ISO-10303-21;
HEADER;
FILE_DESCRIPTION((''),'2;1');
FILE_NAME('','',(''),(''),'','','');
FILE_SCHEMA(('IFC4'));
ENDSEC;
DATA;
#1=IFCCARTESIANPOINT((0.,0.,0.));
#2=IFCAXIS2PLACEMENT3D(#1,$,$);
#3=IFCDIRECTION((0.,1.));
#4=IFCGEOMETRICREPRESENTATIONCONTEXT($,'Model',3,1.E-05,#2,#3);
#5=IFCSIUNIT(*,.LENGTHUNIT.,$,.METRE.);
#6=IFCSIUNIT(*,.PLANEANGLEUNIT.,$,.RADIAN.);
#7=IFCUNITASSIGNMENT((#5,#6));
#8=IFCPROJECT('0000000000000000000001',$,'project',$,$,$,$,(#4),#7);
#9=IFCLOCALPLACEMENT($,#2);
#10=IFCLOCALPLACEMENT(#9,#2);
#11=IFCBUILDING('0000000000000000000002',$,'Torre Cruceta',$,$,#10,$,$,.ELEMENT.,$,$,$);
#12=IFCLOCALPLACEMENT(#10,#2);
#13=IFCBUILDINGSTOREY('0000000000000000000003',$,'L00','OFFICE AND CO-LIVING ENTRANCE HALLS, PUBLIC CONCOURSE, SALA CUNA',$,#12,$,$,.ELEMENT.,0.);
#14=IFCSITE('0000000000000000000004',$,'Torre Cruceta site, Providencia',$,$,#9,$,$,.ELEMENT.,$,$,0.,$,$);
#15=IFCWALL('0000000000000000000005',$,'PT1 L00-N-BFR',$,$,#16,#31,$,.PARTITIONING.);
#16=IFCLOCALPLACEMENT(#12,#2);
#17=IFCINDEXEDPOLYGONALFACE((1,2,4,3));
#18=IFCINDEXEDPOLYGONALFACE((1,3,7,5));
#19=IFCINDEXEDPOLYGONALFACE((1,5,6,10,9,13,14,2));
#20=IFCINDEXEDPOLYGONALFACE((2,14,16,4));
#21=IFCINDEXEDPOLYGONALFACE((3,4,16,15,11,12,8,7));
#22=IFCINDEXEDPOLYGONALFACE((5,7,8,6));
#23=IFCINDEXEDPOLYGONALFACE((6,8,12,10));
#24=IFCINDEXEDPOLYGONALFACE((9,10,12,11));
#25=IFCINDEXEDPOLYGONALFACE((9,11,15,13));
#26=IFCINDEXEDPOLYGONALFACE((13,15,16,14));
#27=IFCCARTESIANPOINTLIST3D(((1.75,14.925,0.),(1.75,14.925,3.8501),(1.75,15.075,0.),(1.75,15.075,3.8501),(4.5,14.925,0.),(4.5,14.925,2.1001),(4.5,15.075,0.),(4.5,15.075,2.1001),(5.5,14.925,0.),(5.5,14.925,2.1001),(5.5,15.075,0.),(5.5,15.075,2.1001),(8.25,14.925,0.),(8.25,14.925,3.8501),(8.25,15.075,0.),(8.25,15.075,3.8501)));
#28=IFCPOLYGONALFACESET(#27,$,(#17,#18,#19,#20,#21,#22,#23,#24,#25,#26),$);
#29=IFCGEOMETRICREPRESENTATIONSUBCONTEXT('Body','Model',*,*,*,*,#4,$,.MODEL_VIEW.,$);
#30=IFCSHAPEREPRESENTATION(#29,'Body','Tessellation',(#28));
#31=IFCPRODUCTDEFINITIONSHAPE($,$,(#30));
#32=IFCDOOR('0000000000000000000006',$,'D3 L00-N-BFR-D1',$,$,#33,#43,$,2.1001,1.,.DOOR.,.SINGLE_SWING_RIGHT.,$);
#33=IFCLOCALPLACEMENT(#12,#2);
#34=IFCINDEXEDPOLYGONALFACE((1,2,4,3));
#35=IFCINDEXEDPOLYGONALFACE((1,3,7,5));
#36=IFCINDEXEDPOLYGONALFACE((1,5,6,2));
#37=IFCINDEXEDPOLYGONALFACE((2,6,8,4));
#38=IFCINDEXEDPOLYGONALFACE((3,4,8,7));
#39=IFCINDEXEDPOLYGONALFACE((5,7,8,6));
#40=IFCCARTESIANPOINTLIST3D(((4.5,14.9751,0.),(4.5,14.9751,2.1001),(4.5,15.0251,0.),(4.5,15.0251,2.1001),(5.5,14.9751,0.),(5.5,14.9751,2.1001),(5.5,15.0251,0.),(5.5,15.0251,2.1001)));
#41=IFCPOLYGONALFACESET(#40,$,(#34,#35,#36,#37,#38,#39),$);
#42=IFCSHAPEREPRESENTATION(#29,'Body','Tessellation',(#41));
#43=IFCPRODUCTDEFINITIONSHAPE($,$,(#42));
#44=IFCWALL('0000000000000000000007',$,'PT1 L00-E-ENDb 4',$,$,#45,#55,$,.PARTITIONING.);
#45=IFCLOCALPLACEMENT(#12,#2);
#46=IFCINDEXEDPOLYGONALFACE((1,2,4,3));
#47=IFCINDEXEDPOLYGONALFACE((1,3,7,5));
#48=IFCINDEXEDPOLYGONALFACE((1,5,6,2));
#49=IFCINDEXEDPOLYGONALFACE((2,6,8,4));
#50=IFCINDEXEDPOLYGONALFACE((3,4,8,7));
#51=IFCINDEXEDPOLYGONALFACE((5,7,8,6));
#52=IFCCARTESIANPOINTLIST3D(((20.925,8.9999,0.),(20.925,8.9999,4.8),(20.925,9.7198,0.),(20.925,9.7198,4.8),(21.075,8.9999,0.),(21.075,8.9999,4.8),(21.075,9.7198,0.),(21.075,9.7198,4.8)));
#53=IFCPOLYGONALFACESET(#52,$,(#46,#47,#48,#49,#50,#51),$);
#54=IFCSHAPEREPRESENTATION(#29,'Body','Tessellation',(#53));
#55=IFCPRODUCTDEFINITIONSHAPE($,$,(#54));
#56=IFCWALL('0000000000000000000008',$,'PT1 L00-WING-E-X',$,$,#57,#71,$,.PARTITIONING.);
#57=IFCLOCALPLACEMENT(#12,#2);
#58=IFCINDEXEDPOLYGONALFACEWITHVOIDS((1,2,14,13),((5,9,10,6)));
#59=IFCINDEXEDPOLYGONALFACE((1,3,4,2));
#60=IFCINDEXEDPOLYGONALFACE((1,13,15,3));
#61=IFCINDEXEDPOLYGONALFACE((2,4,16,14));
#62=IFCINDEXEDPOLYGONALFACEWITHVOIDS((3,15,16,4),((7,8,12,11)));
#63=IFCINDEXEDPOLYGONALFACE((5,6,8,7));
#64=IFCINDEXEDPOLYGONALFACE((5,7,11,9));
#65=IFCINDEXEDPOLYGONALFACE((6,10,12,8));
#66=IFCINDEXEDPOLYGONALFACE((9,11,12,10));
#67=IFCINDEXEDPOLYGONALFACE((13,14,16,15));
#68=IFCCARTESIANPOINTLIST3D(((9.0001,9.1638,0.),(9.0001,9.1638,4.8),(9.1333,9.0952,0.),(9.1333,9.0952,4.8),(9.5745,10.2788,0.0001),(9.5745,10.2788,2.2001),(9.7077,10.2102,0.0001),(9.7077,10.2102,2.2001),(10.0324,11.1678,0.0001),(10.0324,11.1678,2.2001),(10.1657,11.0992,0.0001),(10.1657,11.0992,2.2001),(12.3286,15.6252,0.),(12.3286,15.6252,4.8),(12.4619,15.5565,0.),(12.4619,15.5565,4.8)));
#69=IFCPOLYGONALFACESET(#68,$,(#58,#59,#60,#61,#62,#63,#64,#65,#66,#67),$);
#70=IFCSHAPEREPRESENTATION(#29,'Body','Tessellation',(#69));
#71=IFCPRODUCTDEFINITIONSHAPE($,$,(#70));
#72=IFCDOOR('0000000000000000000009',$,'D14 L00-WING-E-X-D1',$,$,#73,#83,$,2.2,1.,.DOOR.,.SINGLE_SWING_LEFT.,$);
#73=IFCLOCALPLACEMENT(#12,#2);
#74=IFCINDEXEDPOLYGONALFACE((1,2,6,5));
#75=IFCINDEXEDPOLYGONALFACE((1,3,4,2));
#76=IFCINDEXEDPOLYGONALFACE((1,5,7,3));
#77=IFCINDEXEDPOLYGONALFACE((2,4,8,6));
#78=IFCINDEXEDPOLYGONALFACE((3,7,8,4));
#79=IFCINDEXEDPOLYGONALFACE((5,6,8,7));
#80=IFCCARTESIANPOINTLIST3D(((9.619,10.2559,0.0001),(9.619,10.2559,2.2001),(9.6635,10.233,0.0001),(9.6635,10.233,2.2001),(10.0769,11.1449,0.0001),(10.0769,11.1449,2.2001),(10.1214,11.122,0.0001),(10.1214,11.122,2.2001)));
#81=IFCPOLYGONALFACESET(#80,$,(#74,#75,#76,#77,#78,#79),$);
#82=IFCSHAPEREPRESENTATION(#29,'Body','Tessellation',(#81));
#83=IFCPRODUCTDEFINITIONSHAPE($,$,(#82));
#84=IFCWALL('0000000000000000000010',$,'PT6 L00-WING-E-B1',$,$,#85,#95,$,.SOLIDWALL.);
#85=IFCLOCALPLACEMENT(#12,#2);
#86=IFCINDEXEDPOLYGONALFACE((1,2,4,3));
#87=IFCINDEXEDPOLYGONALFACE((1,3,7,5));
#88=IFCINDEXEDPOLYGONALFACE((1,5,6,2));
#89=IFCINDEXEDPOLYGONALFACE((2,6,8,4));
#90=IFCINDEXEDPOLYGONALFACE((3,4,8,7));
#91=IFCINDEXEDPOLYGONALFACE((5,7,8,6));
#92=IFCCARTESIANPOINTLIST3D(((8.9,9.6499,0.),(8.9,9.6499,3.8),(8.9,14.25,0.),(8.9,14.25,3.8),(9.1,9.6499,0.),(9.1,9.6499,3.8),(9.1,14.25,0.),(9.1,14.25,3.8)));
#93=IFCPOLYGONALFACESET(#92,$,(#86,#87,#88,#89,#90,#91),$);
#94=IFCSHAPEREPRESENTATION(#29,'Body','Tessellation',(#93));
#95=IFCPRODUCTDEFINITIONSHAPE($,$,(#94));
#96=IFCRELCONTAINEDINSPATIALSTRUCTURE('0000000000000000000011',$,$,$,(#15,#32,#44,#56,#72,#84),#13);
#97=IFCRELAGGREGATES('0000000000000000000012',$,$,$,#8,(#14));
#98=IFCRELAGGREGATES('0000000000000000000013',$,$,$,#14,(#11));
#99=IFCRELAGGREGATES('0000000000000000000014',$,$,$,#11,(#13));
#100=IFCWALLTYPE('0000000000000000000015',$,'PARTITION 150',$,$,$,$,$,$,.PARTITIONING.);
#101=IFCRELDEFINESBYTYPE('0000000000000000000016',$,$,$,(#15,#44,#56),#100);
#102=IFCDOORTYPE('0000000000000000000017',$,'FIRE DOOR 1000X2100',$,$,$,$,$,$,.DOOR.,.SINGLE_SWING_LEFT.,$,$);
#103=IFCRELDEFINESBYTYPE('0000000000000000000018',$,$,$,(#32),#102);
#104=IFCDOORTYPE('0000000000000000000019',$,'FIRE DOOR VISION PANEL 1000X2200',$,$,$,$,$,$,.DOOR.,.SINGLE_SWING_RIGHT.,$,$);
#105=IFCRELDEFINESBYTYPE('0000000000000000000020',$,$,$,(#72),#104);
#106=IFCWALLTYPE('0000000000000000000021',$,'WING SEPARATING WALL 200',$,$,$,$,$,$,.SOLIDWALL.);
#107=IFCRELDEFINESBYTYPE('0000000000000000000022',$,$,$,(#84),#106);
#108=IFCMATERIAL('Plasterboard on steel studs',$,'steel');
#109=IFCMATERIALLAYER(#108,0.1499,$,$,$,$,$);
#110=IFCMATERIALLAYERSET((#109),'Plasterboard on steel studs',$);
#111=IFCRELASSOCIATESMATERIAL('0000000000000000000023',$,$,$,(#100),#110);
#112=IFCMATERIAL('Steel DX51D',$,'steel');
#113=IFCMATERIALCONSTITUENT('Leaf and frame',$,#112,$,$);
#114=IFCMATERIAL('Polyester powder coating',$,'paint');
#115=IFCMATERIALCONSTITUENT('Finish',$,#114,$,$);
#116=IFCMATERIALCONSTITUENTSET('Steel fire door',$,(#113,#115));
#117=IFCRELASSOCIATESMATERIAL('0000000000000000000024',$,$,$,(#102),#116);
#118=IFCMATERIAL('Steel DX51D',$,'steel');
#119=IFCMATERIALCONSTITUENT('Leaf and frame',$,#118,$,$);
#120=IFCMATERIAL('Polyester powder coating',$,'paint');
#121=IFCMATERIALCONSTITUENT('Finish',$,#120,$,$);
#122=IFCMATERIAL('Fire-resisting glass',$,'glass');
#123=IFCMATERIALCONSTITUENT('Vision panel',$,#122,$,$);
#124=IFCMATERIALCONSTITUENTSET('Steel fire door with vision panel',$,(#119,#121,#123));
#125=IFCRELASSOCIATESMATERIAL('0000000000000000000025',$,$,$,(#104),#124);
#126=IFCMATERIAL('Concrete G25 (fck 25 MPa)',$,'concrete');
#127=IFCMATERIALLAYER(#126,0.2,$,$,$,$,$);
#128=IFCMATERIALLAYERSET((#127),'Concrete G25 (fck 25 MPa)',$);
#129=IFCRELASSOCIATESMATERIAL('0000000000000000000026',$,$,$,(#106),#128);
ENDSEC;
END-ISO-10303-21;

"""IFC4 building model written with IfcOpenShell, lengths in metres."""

from ifc_helpers import new_model, si_unit, direction, frame, frame_2d, origin, place, context, subcontext, project, spatial, rectangle, extrude, material, layer, layer_set, constituent, constituent_set, type_object, element, fill, save


model = new_model("IFC4")

# Units and contexts
model_context = context("Model", 3, precision=1e-05, world=origin(), true_north=direction((0.0, 1.0)))
body_context = subcontext(model_context, "Body", "Model", "MODEL_VIEW")
ifc_project = project(units=[si_unit("LENGTHUNIT", "METRE"), si_unit("PLANEANGLEUNIT", "RADIAN")], contexts=[model_context])

# Site, building, storey
site_placement = place(None, origin())
site = spatial("IfcSite", under=ifc_project, at=site_placement, Name="Torre Cruceta site, Providencia", CompositionType="ELEMENT", RefElevation=0.0)
building_placement = place(site_placement, origin())
building = spatial("IfcBuilding", under=site, at=building_placement, Name="Torre Cruceta", CompositionType="ELEMENT")
storey_placement = place(building_placement, origin())
storey = spatial("IfcBuildingStorey", under=building, at=storey_placement, Name="L00", Description="OFFICE AND CO-LIVING ENTRANCE HALLS, PUBLIC CONCOURSE, SALA CUNA", CompositionType="ELEMENT", Elevation=0.0)

# Wall, opening, door
ifc_material_1 = material(Name="Plasterboard on steel studs", Category="steel")
ifc_layer_1 = layer(ifc_material_1, 0.1499)
ifc_layer_set_1 = layer_set([ifc_layer_1], Name="Plasterboard on steel studs")
wall_type_1 = type_object("IfcWallType", Name="PARTITION 150", PredefinedType="PARTITIONING", material=ifc_layer_set_1)
wall_1_placement = place(storey_placement, frame((8.25, 15.0, 0.0), z_axis=(0.0, 0.0, 1.0), x_axis=(-1.0, 0.0, 0.0)))
wall_1 = element("IfcWall", 1, at=wall_1_placement, inside=storey, type_object=wall_type_1, Name="PT1 L00-N-BFR", PredefinedType="PARTITIONING", context=body_context, shape_type="SweptSolid", body=[
    extrude(rectangle(XDim=6.5, YDim=0.1499, at=frame_2d((3.25, 0.0))), origin(), (0.0, 0.0, 1.0), 3.8501),
])
opening_1_placement = place(wall_1_placement, frame((2.75, 0.0, 0.0)))
opening_1 = element("IfcOpeningElement", 2, at=opening_1_placement, cuts=wall_1, PredefinedType="OPENING", context=body_context, shape_type="SweptSolid", body=[
    extrude(rectangle(XDim=1.0, YDim=2.1001, at=frame_2d((0.5, 1.05))), frame((0.0, 0.085, 0.0), z_axis=(0.0, -1.0, 0.0), x_axis=(1.0, 0.0, 0.0)), (0.0, 0.0, 1.0), 0.1699),
])
ifc_material_2 = material(Name="Steel DX51D", Category="steel")
ifc_constituent_1 = constituent(ifc_material_2, Name="Leaf and frame")
ifc_material_3 = material(Name="Polyester powder coating", Category="paint")
ifc_constituent_2 = constituent(ifc_material_3, Name="Finish")
ifc_constituent_set_1 = constituent_set(constituents=[ifc_constituent_1, ifc_constituent_2], Name="Steel fire door")
door_type_1 = type_object("IfcDoorType", Name="FIRE DOOR 1000X2100", OperationType="SINGLE_SWING_LEFT", PredefinedType="DOOR", material=ifc_constituent_set_1)
door_1_placement = place(opening_1_placement, origin())
door_1 = element("IfcDoor", 3, at=door_1_placement, inside=storey, type_object=door_type_1, Name="D3 L00-N-BFR-D1", OperationType="SINGLE_SWING_RIGHT", OverallHeight=2.1001, OverallWidth=1.0, PredefinedType="DOOR", context=body_context, shape_type="SweptSolid", body=[
    extrude(rectangle(XDim=1.0, YDim=2.1001, at=frame_2d((0.5, 1.05))), frame((0.0, 0.0249, 0.0), z_axis=(0.0, -1.0, 0.0), x_axis=(1.0, 0.0, 0.0)), (0.0, 0.0, 1.0), 0.05),
])
fill(opening_1, door_1)

# Wall
wall_2_placement = place(storey_placement, frame((21.0, 9.0, 0.0), z_axis=(0.0, 0.0, 1.0), x_axis=(0.0, 1.0, 0.0)))
element("IfcWall", 4, at=wall_2_placement, inside=storey, type_object=wall_type_1, Name="PT1 L00-E-ENDb 4", PredefinedType="PARTITIONING", context=body_context, shape_type="SweptSolid", body=[
    extrude(rectangle(XDim=0.72, YDim=0.1499, at=frame_2d((0.3599, 0.0))), origin(), (0.0, 0.0, 1.0), 4.8),
])

# Wall, opening, door
wall_3_placement = place(storey_placement, frame((9.0667, 9.1294, 0.0), z_axis=(0.0, 0.0, 1.0), x_axis=(0.457957, 0.888975, 0.0)))
wall_3 = element("IfcWall", 5, at=wall_3_placement, inside=storey, type_object=wall_type_1, Name="PT1 L00-WING-E-X", PredefinedType="PARTITIONING", context=body_context, shape_type="SweptSolid", body=[
    extrude(rectangle(XDim=7.2683, YDim=0.1499, at=frame_2d((3.6343, 0.0))), origin(), (0.0, 0.0, 1.0), 4.8),
])
opening_2_placement = place(wall_3_placement, frame((1.2544, 0.0, 0.0)))
opening_2 = element("IfcOpeningElement", 6, at=opening_2_placement, cuts=wall_3, PredefinedType="OPENING", context=body_context, shape_type="SweptSolid", body=[
    extrude(rectangle(XDim=1.0, YDim=2.2, at=frame_2d((0.5, 1.1001))), frame((0.0, 0.085, 0.0), z_axis=(0.0, -1.0, 0.0), x_axis=(1.0, 0.0, 0.0)), (0.0, 0.0, 1.0), 0.1699),
])
ifc_material_4 = material(Name="Steel DX51D", Category="steel")
ifc_constituent_3 = constituent(ifc_material_4, Name="Leaf and frame")
ifc_material_5 = material(Name="Polyester powder coating", Category="paint")
ifc_constituent_4 = constituent(ifc_material_5, Name="Finish")
ifc_material_6 = material(Name="Fire-resisting glass", Category="glass")
ifc_constituent_5 = constituent(ifc_material_6, Name="Vision panel")
ifc_constituent_set_2 = constituent_set(constituents=[ifc_constituent_3, ifc_constituent_4, ifc_constituent_5], Name="Steel fire door with vision panel")
door_type_2 = type_object("IfcDoorType", Name="FIRE DOOR VISION PANEL 1000X2200", OperationType="SINGLE_SWING_RIGHT", PredefinedType="DOOR", material=ifc_constituent_set_2)
door_2_placement = place(opening_2_placement, origin())
door_2 = element("IfcDoor", 7, at=door_2_placement, inside=storey, type_object=door_type_2, Name="D14 L00-WING-E-X-D1", OperationType="SINGLE_SWING_LEFT", OverallHeight=2.2, OverallWidth=1.0, PredefinedType="DOOR", context=body_context, shape_type="SweptSolid", body=[
    extrude(rectangle(XDim=1.0, YDim=2.2, at=frame_2d((0.5, 1.1001))), frame((0.0, 0.0249, 0.0), z_axis=(0.0, -1.0, 0.0), x_axis=(1.0, 0.0, 0.0)), (0.0, 0.0, 1.0), 0.05),
])
fill(opening_2, door_2)

# Wall
ifc_material_7 = material(Name="Concrete G25 (fck 25 MPa)", Category="concrete")
ifc_layer_2 = layer(ifc_material_7, 0.2)
ifc_layer_set_2 = layer_set([ifc_layer_2], Name="Concrete G25 (fck 25 MPa)")
wall_type_2 = type_object("IfcWallType", Name="WING SEPARATING WALL 200", PredefinedType="SOLIDWALL", material=ifc_layer_set_2)
wall_4_placement = place(storey_placement, frame((9.0, 14.25, 0.0), z_axis=(0.0, 0.0, 1.0), x_axis=(0.0, -1.0, 0.0)))
element("IfcWall", 8, at=wall_4_placement, inside=storey, type_object=wall_type_2, Name="PT6 L00-WING-E-B1", PredefinedType="SOLIDWALL", context=body_context, shape_type="SweptSolid", body=[
    extrude(rectangle(XDim=4.6001, YDim=0.2, at=frame_2d((2.3, 0.0))), origin(), (0.0, 0.0, 1.0), 3.8),
])

save(model, "model.ifc")
